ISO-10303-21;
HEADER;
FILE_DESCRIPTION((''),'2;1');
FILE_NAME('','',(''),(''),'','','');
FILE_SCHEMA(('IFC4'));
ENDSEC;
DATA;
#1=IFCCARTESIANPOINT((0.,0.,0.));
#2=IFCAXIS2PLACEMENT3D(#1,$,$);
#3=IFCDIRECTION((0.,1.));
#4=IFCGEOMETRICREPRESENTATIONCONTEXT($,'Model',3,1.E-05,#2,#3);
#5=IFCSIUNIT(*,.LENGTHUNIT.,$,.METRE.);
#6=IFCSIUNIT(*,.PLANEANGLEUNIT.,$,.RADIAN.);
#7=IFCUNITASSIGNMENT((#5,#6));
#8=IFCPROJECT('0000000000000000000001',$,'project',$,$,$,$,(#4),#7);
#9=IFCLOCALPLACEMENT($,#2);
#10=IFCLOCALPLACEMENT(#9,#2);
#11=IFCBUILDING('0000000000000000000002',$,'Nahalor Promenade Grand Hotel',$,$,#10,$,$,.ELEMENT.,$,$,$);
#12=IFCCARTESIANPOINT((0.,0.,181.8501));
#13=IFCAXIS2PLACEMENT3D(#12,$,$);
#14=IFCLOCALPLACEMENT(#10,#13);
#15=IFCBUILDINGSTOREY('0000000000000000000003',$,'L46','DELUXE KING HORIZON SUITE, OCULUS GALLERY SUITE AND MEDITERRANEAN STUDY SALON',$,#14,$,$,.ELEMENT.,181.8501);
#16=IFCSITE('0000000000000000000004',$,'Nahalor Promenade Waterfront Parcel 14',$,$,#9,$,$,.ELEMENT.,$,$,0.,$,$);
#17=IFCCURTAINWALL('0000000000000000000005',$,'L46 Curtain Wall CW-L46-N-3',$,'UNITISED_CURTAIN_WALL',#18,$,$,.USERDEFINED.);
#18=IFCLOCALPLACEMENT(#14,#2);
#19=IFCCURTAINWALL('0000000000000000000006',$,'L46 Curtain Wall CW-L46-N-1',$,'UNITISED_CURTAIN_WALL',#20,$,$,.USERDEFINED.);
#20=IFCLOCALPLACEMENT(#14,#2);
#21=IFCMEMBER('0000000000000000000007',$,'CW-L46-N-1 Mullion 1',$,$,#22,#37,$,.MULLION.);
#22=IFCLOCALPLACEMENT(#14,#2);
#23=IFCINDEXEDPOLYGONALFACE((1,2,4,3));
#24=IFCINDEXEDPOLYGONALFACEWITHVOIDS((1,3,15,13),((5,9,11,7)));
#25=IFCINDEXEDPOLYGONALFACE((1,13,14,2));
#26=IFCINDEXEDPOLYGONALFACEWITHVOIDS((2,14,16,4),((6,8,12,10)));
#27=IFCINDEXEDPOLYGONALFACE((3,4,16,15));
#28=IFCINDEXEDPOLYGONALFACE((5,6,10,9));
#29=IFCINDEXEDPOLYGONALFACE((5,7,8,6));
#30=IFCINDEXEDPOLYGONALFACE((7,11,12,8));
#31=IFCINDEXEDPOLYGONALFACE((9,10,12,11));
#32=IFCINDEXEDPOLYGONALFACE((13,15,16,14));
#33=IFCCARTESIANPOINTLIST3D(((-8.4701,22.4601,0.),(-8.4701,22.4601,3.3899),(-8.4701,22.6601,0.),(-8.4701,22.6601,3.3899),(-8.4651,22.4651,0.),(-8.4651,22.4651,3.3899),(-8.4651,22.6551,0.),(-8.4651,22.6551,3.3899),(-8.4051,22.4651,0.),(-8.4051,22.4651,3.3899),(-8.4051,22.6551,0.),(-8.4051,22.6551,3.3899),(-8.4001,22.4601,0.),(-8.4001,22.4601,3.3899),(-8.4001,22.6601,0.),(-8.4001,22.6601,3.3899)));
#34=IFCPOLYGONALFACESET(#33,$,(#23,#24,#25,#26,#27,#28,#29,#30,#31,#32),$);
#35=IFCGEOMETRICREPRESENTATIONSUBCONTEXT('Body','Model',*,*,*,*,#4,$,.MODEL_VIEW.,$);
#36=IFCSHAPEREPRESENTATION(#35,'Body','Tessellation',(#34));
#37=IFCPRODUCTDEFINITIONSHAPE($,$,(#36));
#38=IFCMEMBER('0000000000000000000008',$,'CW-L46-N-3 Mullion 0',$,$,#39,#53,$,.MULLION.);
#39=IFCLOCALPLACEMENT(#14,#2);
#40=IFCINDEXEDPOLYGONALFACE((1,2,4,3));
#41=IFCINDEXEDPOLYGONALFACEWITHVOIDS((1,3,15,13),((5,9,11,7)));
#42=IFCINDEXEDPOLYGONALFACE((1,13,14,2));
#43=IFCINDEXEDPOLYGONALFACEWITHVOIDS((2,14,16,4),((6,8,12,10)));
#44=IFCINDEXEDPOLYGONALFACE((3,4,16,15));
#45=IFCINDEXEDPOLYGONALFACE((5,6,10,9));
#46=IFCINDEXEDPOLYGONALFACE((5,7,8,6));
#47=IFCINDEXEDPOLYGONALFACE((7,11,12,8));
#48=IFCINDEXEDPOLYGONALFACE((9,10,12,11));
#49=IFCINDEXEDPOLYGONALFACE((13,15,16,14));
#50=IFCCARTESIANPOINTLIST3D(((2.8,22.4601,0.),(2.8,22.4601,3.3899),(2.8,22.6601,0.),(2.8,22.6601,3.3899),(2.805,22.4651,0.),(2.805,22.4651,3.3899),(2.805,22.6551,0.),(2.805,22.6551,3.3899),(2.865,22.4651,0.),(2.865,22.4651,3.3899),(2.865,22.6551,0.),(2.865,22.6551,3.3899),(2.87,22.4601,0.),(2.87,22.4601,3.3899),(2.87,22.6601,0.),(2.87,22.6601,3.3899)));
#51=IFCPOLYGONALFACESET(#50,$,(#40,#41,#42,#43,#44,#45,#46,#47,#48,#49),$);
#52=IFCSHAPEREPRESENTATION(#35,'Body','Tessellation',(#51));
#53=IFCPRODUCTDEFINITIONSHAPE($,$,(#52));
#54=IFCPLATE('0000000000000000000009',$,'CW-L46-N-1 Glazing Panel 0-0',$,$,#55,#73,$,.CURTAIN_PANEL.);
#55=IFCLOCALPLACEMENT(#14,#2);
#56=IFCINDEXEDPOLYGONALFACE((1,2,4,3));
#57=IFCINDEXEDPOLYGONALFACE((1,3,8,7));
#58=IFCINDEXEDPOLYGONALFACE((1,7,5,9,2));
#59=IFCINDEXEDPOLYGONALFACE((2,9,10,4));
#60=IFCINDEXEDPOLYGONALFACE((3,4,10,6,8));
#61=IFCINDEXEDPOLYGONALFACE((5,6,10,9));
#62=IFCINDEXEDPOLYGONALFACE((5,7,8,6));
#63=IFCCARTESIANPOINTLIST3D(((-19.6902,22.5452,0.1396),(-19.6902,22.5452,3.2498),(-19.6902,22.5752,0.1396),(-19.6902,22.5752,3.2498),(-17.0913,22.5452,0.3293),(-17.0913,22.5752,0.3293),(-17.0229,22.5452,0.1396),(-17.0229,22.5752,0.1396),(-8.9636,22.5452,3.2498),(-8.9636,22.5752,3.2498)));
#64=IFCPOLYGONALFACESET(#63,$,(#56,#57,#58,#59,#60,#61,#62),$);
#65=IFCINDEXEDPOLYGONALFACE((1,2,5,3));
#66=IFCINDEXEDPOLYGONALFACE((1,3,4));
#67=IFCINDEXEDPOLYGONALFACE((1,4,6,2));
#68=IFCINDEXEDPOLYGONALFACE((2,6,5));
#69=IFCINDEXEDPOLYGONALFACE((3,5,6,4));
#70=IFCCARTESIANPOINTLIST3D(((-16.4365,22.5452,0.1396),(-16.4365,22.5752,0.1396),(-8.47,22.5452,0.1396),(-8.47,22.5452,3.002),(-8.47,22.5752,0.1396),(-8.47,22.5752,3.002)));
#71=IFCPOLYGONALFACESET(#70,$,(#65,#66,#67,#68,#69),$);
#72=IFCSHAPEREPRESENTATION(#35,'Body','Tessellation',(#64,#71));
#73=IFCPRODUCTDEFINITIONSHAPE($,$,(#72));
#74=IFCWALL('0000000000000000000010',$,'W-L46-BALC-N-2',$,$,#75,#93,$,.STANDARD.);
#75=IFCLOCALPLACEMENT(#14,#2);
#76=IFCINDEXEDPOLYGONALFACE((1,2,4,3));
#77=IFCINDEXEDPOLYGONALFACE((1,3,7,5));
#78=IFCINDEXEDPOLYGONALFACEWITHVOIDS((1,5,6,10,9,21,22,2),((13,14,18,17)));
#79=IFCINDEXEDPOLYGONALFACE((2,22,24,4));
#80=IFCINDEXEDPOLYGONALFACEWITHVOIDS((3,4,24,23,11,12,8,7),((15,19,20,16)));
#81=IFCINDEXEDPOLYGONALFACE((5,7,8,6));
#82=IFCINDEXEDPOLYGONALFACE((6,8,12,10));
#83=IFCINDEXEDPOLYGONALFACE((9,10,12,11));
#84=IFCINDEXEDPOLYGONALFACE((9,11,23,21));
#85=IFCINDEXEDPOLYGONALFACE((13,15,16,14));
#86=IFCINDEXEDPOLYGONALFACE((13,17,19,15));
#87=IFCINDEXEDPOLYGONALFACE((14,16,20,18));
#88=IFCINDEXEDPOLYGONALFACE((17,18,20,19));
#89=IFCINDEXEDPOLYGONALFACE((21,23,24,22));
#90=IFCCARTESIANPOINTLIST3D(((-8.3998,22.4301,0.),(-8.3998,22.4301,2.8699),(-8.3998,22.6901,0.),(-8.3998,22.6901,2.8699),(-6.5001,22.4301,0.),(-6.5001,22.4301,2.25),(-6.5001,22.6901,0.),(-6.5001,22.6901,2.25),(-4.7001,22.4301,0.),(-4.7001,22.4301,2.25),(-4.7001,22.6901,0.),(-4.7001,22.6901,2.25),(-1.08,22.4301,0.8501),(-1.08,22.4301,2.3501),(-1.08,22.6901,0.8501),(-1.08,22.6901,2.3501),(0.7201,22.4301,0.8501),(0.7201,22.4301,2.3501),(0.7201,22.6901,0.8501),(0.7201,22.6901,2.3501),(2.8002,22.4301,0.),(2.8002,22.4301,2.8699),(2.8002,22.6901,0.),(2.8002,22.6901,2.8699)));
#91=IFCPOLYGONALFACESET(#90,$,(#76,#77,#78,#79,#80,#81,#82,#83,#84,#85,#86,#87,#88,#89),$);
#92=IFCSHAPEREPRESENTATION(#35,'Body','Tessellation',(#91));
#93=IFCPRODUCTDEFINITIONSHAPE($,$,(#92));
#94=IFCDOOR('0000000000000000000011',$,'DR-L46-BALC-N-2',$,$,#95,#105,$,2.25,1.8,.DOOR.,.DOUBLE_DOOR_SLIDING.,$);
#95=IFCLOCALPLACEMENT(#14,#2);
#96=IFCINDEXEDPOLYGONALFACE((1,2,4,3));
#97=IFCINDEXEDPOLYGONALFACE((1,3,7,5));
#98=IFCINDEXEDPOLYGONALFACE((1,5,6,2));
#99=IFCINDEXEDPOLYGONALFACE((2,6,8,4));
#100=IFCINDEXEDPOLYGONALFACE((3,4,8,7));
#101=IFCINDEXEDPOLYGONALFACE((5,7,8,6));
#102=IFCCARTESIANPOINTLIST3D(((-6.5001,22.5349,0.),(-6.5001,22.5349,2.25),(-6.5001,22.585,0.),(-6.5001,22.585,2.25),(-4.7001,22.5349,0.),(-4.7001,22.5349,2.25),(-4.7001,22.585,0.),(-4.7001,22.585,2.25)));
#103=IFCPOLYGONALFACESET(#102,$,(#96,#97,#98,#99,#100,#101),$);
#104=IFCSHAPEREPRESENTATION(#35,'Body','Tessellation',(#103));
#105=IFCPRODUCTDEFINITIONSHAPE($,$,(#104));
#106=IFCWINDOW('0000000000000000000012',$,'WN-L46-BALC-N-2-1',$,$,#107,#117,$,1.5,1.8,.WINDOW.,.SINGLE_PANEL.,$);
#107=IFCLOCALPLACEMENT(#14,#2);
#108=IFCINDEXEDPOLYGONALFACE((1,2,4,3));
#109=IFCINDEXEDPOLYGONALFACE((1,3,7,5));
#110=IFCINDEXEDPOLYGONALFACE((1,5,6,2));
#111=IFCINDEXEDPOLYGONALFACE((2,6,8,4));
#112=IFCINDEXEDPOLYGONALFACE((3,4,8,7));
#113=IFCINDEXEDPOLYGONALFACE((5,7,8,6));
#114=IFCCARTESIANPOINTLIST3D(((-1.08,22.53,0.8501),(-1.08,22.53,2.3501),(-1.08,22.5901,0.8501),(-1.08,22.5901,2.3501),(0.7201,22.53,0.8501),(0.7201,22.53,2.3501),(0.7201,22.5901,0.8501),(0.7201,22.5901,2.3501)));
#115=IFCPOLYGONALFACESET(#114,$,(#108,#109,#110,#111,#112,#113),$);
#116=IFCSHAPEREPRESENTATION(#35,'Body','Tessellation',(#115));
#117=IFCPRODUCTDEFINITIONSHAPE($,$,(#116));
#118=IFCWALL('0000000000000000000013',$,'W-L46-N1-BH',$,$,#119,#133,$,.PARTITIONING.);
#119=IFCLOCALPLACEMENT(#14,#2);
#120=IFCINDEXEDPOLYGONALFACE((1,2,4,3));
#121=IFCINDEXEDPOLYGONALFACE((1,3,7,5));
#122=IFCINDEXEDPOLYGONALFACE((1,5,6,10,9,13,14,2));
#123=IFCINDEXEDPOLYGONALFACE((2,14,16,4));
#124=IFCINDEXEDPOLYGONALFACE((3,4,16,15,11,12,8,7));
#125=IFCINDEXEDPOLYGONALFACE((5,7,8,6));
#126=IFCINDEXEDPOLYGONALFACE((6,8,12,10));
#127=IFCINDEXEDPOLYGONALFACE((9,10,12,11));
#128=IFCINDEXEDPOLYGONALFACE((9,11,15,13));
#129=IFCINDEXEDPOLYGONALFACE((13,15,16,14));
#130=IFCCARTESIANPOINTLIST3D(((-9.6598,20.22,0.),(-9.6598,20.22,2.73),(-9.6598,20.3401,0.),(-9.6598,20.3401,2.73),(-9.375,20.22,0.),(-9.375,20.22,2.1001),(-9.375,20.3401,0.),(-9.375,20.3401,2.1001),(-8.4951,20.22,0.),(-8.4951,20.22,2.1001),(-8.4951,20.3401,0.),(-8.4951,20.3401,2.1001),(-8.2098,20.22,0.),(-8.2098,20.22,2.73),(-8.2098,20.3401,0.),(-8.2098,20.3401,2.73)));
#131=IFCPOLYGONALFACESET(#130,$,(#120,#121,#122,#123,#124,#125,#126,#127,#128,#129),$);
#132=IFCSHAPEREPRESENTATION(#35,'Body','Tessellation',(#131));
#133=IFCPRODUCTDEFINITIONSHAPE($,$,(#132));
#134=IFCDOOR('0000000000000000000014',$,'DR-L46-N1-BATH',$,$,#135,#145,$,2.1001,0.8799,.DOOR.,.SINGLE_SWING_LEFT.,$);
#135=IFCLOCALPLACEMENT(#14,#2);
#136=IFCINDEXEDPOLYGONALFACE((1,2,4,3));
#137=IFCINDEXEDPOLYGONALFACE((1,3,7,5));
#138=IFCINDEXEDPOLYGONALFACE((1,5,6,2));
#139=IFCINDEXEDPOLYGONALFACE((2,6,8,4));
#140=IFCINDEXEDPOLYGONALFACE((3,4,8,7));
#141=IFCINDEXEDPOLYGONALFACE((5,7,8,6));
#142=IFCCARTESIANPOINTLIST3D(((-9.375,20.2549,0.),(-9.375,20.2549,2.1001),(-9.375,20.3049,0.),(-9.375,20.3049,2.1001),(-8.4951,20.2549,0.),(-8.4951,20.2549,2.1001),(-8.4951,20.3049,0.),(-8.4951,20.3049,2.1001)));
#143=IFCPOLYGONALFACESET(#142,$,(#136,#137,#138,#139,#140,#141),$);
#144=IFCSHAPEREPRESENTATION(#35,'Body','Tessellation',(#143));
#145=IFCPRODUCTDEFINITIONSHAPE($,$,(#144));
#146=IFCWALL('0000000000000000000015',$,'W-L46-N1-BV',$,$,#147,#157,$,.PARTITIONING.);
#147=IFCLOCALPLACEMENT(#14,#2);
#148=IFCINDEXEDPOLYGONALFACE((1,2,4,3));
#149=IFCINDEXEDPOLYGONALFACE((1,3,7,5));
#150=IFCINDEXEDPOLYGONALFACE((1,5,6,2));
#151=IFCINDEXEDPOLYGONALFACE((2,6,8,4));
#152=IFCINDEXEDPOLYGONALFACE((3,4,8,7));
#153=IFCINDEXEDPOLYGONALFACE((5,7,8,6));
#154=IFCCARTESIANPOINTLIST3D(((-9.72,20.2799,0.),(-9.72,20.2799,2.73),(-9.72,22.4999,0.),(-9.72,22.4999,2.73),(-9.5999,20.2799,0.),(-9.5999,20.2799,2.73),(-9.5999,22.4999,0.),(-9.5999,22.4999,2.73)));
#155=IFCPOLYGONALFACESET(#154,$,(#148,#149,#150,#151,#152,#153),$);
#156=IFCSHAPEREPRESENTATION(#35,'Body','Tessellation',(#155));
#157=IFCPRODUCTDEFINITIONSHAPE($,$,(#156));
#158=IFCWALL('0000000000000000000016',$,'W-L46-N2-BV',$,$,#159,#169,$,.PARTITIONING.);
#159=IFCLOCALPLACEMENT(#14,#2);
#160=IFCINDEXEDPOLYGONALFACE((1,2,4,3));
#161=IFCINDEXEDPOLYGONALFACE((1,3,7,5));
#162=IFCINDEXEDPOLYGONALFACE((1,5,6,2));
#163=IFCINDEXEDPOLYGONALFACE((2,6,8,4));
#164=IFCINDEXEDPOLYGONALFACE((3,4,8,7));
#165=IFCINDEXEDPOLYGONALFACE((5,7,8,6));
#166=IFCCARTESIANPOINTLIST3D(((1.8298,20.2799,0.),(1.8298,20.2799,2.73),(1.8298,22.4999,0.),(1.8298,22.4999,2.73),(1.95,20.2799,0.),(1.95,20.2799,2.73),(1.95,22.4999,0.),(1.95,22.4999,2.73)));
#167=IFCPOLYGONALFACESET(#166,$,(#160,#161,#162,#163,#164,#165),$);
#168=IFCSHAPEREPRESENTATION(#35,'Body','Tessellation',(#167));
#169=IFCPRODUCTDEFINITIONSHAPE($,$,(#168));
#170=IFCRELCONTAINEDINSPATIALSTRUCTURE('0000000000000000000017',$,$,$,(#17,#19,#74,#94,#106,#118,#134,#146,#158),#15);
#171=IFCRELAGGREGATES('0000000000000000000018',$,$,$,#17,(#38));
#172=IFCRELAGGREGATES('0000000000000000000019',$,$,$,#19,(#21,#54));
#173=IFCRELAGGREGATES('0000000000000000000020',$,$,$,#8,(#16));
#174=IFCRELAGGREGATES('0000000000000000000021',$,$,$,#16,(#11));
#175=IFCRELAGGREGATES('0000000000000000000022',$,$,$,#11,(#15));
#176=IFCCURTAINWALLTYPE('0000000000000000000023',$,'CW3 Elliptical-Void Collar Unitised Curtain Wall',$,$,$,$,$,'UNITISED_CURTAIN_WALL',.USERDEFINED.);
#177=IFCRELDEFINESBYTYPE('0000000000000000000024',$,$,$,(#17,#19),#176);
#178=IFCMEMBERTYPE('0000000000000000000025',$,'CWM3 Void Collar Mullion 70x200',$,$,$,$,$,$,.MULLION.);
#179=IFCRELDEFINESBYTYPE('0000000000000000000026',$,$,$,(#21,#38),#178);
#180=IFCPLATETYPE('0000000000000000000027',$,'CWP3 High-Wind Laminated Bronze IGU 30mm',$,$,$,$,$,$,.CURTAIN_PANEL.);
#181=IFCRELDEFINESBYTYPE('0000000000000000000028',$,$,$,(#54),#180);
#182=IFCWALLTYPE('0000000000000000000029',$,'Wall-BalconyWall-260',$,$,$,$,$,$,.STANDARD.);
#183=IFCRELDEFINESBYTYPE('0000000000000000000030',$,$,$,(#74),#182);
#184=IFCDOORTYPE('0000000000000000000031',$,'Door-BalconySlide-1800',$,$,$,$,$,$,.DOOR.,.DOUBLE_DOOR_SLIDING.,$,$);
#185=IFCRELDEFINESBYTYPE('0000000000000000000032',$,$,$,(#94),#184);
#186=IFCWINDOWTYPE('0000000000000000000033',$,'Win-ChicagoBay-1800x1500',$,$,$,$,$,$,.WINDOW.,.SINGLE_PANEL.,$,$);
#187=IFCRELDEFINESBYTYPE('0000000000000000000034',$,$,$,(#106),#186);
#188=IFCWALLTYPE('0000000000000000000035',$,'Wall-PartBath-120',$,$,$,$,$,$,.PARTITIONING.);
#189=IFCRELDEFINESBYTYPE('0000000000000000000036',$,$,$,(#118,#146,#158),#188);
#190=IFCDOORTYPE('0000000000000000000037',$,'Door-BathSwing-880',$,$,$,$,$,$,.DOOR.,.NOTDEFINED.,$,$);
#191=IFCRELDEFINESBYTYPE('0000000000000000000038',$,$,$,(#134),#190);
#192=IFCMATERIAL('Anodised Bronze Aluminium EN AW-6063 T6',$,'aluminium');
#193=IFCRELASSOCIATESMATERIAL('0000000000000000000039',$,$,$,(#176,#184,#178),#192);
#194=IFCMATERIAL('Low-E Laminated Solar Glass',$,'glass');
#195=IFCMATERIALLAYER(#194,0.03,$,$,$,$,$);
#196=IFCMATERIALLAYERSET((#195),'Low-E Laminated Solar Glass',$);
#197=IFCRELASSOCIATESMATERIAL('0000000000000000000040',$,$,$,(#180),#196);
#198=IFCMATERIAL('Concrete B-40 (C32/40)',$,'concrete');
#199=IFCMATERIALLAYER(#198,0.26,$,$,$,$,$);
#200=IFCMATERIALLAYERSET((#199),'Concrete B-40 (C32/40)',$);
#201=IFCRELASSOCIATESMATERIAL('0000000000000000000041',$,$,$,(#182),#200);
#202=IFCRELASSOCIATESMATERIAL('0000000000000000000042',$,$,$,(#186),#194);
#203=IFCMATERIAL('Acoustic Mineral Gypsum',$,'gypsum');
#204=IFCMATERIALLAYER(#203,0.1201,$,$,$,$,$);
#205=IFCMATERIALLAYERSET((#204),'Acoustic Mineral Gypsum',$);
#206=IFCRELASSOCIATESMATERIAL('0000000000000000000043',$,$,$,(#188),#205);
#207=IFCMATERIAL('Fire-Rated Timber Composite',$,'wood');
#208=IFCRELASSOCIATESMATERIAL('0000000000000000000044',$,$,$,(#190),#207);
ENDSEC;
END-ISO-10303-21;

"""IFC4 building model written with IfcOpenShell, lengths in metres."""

from ifc_helpers import new_model, si_unit, direction, frame, frame_2d, origin, origin_2d, place, context, subcontext, project, spatial, polyline, rectangle, hollow_rectangle, outline, extrude, source, transform, mapped, material, layer, layer_set, material_profile, profile_set, type_object, element, fill, aggregate, save


model = new_model("IFC4")

# Units and contexts
model_context = context("Model", 3, precision=1e-05, world=origin(), true_north=direction((0.0, 1.0)))
body_context = subcontext(model_context, "Body", "Model", "MODEL_VIEW")
ifc_project = project(units=[si_unit("LENGTHUNIT", "METRE"), si_unit("PLANEANGLEUNIT", "RADIAN")], contexts=[model_context])

# Site, building, storey
site_placement = place(None, origin())
site = spatial("IfcSite", under=ifc_project, at=site_placement, Name="Nahalor Promenade Waterfront Parcel 14", CompositionType="ELEMENT", RefElevation=0.0)
building_placement = place(site_placement, origin())
building = spatial("IfcBuilding", under=site, at=building_placement, Name="Nahalor Promenade Grand Hotel", CompositionType="ELEMENT")
storey_placement = place(building_placement, frame((0.0, 0.0, 181.8501)))
storey = spatial("IfcBuildingStorey", under=building, at=storey_placement, Name="L46", Description="DELUXE KING HORIZON SUITE, OCULUS GALLERY SUITE AND MEDITERRANEAN STUDY SALON", CompositionType="ELEMENT", Elevation=181.8501)

# Curtain walls, member
ifc_material_1 = material(Name="Anodised Bronze Aluminium EN AW-6063 T6", Category="aluminium")
curtain_wall_type = type_object("IfcCurtainWallType", Name="CW3 Elliptical-Void Collar Unitised Curtain Wall", ElementType="UNITISED_CURTAIN_WALL", PredefinedType="USERDEFINED", material=ifc_material_1)
curtain_wall_1_placement = place(storey_placement, origin())
curtain_wall_1 = element("IfcCurtainWall", 1, at=curtain_wall_1_placement, inside=storey, type_object=curtain_wall_type, Name="L46 Curtain Wall CW-L46-N-3", ObjectType="UNITISED_CURTAIN_WALL", PredefinedType="USERDEFINED")
curtain_wall_2_placement = place(storey_placement, origin())
curtain_wall_2 = element("IfcCurtainWall", 2, at=curtain_wall_2_placement, inside=storey, type_object=curtain_wall_type, Name="L46 Curtain Wall CW-L46-N-1", ObjectType="UNITISED_CURTAIN_WALL", PredefinedType="USERDEFINED")
ifc_material_profile_1 = material_profile(ifc_material_1, hollow_rectangle(XDim=0.07, YDim=0.2, WallThickness=0.005, at=origin_2d()), Name="CWM 70x200x5")
ifc_profile_set_1 = profile_set([ifc_material_profile_1], Name="Anodised Bronze Aluminium EN AW-6063 T6")
member_type_1 = type_object("IfcMemberType", Name="CWM3 Void Collar Mullion 70x200", PredefinedType="MULLION", material=ifc_profile_set_1)
shared_shape_1 = source(origin(), body_context, "Body", "SweptSolid", [
    extrude(hollow_rectangle(XDim=0.07, YDim=0.2, WallThickness=0.005, at=origin_2d()), origin(), (0.0, 0.0, 1.0), 3.3899),
])
member_1_placement = place(storey_placement, frame((-8.4351, 22.5601, 0.0), z_axis=(0.0, 0.0, 1.0), x_axis=(1.0, 0.0, 0.0)))
member_1 = element("IfcMember", 3, at=member_1_placement, type_object=member_type_1, Name="CW-L46-N-1 Mullion 1", PredefinedType="MULLION", context=body_context, shape_type="MappedRepresentation", body=[
    mapped(shared_shape_1, transform((0.0, 0.0, 0.0), scale=1.0)),
])

# Member
member_2_placement = place(storey_placement, frame((2.835, 22.5601, 0.0), z_axis=(0.0, 0.0, 1.0), x_axis=(1.0, 0.0, 0.0)))
member_2 = element("IfcMember", 4, at=member_2_placement, type_object=member_type_1, Name="CW-L46-N-3 Mullion 0", PredefinedType="MULLION", context=body_context, shape_type="MappedRepresentation", body=[
    mapped(shared_shape_1, transform((0.0, 0.0, 0.0), scale=1.0)),
])
aggregate(curtain_wall_1, [member_2])

# Plate
ifc_material_2 = material(Name="Low-E Laminated Solar Glass", Category="glass")
ifc_layer_1 = layer(ifc_material_2, 0.03)
ifc_layer_set_1 = layer_set([ifc_layer_1], Name="Low-E Laminated Solar Glass")
plate_type = type_object("IfcPlateType", Name="CWP3 High-Wind Laminated Bronze IGU 30mm", PredefinedType="CURTAIN_PANEL", material=ifc_layer_set_1)
plate_placement = place(storey_placement, frame((-14.0801, 22.5601, 0.1396), z_axis=(0.0, 0.0, 1.0), x_axis=(1.0, 0.0, 0.0)))
plate = element("IfcPlate", 5, at=plate_placement, type_object=plate_type, Name="CW-L46-N-1 Glazing Panel 0-0", PredefinedType="CURTAIN_PANEL", context=body_context, shape_type="SweptSolid", body=[
    extrude(outline(polyline([(-5.6101, 3.1101), (-5.6101, 0.0), (-2.9429, 0.0), (-3.0112, 0.1897), (5.1165, 3.1101), (-5.6101, 3.1101)])), frame((0.0, 0.0151, 0.0), z_axis=(0.0, -1.0, 0.0), x_axis=(1.0, 0.0, 0.0)), (0.0, 0.0, 1.0), 0.03),
    extrude(outline(polyline([(-2.3564, 0.0), (5.6101, 0.0), (5.6101, 2.8623), (-2.3564, 0.0)])), frame((0.0, 0.0151, 0.0), z_axis=(0.0, -1.0, 0.0), x_axis=(1.0, 0.0, 0.0)), (0.0, 0.0, 1.0), 0.03),
])
aggregate(curtain_wall_2, [member_1, plate])

# Wall, openings, door, window
ifc_material_3 = material(Name="Concrete B-40 (C32/40)", Category="concrete")
ifc_layer_2 = layer(ifc_material_3, 0.26)
ifc_layer_set_2 = layer_set([ifc_layer_2], Name="Concrete B-40 (C32/40)")
wall_type_1 = type_object("IfcWallType", Name="Wall-BalconyWall-260", PredefinedType="STANDARD", material=ifc_layer_set_2)
shared_shape_2 = source(origin(), body_context, "Body", "SweptSolid", [
    extrude(rectangle(XDim=11.2, YDim=0.26, at=frame_2d((5.6001, 0.0))), origin(), (0.0, 0.0, 1.0), 2.8699),
])
wall_1_placement = place(storey_placement, frame((-8.3999, 22.5601, 0.0), z_axis=(0.0, 0.0, 1.0), x_axis=(1.0, 0.0, 0.0)))
wall_1 = element("IfcWall", 6, at=wall_1_placement, inside=storey, type_object=wall_type_1, Name="W-L46-BALC-N-2", PredefinedType="STANDARD", context=body_context, shape_type="MappedRepresentation", body=[
    mapped(shared_shape_2, transform((0.0, 0.0, 0.0), scale=1.0)),
])
opening_1_placement = place(wall_1_placement, frame((1.8999, 0.0, 0.0)))
opening_1 = element("IfcOpeningElement", 7, at=opening_1_placement, cuts=wall_1, PredefinedType="OPENING", context=body_context, shape_type="SweptSolid", body=[
    extrude(rectangle(XDim=1.8, YDim=2.25, at=frame_2d((0.8999, 1.125))), frame((0.0, 0.1399, 0.0), z_axis=(0.0, -1.0, 0.0), x_axis=(1.0, 0.0, 0.0)), (0.0, 0.0, 1.0), 0.28),
])
opening_2_placement = place(wall_1_placement, frame((7.3201, 0.0, 0.8501)))
opening_2 = element("IfcOpeningElement", 8, at=opening_2_placement, cuts=wall_1, PredefinedType="OPENING", context=body_context, shape_type="SweptSolid", body=[
    extrude(rectangle(XDim=1.8, YDim=1.5, at=frame_2d((0.8999, 0.75))), frame((0.0, 0.1399, 0.0), z_axis=(0.0, -1.0, 0.0), x_axis=(1.0, 0.0, 0.0)), (0.0, 0.0, 1.0), 0.28),
])
door_type_1 = type_object("IfcDoorType", Name="Door-BalconySlide-1800", OperationType="DOUBLE_DOOR_SLIDING", PredefinedType="DOOR", material=ifc_material_1)
shared_shape_3 = source(origin(), body_context, "Body", "SweptSolid", [
    extrude(rectangle(XDim=1.8, YDim=2.25, at=frame_2d((0.8999, 1.125))), frame((0.0, 0.0249, 0.0), z_axis=(0.0, -1.0, 0.0), x_axis=(1.0, 0.0, 0.0)), (0.0, 0.0, 1.0), 0.05),
])
door_1_placement = place(opening_1_placement, origin())
door_1 = element("IfcDoor", 9, at=door_1_placement, inside=storey, type_object=door_type_1, Name="DR-L46-BALC-N-2", OperationType="DOUBLE_DOOR_SLIDING", OverallHeight=2.25, OverallWidth=1.8, PredefinedType="DOOR", context=body_context, shape_type="MappedRepresentation", body=[
    mapped(shared_shape_3, transform((0.0, 0.0, 0.0), scale=1.0)),
])
fill(opening_1, door_1)
window_type = type_object("IfcWindowType", Name="Win-ChicagoBay-1800x1500", PartitioningType="SINGLE_PANEL", PredefinedType="WINDOW", material=ifc_material_2)
shared_shape_4 = source(origin(), body_context, "Body", "SweptSolid", [
    extrude(rectangle(XDim=1.8, YDim=1.5, at=frame_2d((0.8999, 0.75))), frame((0.0, 0.03, 0.0), z_axis=(0.0, -1.0, 0.0), x_axis=(1.0, 0.0, 0.0)), (0.0, 0.0, 1.0), 0.0601),
])
window_placement = place(opening_2_placement, origin())
window = element("IfcWindow", 10, at=window_placement, inside=storey, type_object=window_type, Name="WN-L46-BALC-N-2-1", OverallHeight=1.5, OverallWidth=1.8, PartitioningType="SINGLE_PANEL", PredefinedType="WINDOW", context=body_context, shape_type="MappedRepresentation", body=[
    mapped(shared_shape_4, transform((0.0, 0.0, 0.0), scale=1.0)),
])
fill(opening_2, window)

# Wall, opening, door
ifc_material_4 = material(Name="Acoustic Mineral Gypsum", Category="gypsum")
ifc_layer_3 = layer(ifc_material_4, 0.1201)
ifc_layer_set_3 = layer_set([ifc_layer_3], Name="Acoustic Mineral Gypsum")
wall_type_2 = type_object("IfcWallType", Name="Wall-PartBath-120", PredefinedType="PARTITIONING", material=ifc_layer_set_3)
shared_shape_5 = source(origin(), body_context, "Body", "SweptSolid", [
    extrude(rectangle(XDim=1.45, YDim=0.1201, at=frame_2d((0.7251, 0.0))), origin(), (0.0, 0.0, 1.0), 2.73),
])
wall_2_placement = place(storey_placement, frame((-9.6599, 20.28, 0.0), z_axis=(0.0, 0.0, 1.0), x_axis=(1.0, 0.0, 0.0)))
wall_2 = element("IfcWall", 11, at=wall_2_placement, inside=storey, type_object=wall_type_2, Name="W-L46-N1-BH", PredefinedType="PARTITIONING", context=body_context, shape_type="MappedRepresentation", body=[
    mapped(shared_shape_5, transform((0.0, 0.0, 0.0), scale=1.0)),
])
opening_3_placement = place(wall_2_placement, frame((0.2849, 0.0, 0.0)))
opening_3 = element("IfcOpeningElement", 12, at=opening_3_placement, cuts=wall_2, PredefinedType="OPENING", context=body_context, shape_type="SweptSolid", body=[
    extrude(rectangle(XDim=0.8799, YDim=2.1001, at=frame_2d((0.4399, 1.05))), frame((0.0, 0.0701, 0.0), z_axis=(0.0, -1.0, 0.0), x_axis=(1.0, 0.0, 0.0)), (0.0, 0.0, 1.0), 0.1401),
])
ifc_material_5 = material(Name="Fire-Rated Timber Composite", Category="wood")
door_type_2 = type_object("IfcDoorType", Name="Door-BathSwing-880", OperationType="NOTDEFINED", PredefinedType="DOOR", material=ifc_material_5)
shared_shape_6 = source(origin(), body_context, "Body", "SweptSolid", [
    extrude(rectangle(XDim=0.8799, YDim=2.1001, at=frame_2d((0.4399, 1.05))), frame((0.0, 0.0249, 0.0), z_axis=(0.0, -1.0, 0.0), x_axis=(1.0, 0.0, 0.0)), (0.0, 0.0, 1.0), 0.05),
])
door_2_placement = place(opening_3_placement, origin())
door_2 = element("IfcDoor", 13, at=door_2_placement, inside=storey, type_object=door_type_2, Name="DR-L46-N1-BATH", OperationType="SINGLE_SWING_LEFT", OverallHeight=2.1001, OverallWidth=0.8799, PredefinedType="DOOR", context=body_context, shape_type="MappedRepresentation", body=[
    mapped(shared_shape_6, transform((0.0, 0.0, 0.0), scale=1.0)),
])
fill(opening_3, door_2)

# Walls
shared_shape_7 = source(origin(), body_context, "Body", "SweptSolid", [
    extrude(rectangle(XDim=2.22, YDim=0.1201, at=frame_2d((1.1099, 0.0))), origin(), (0.0, 0.0, 1.0), 2.73),
])
for number, where, z_axis, x_axis, name in (
    (14, (-9.6599, 20.28, 0.0), (0.0, 0.0, 1.0), (0.0, 1.0, 0.0), "W-L46-N1-BV"),
    (15, (1.8899, 20.28, 0.0), (0.0, 0.0, 1.0), (0.0, 1.0, 0.0), "W-L46-N2-BV"),
):
    element("IfcWall", number, at=place(storey_placement, frame(where, z_axis=z_axis, x_axis=x_axis)), inside=storey, type_object=wall_type_2, Name=name, PredefinedType="PARTITIONING", context=body_context, shape_type="MappedRepresentation", body=[
        mapped(shared_shape_7, transform((0.0, 0.0, 0.0), scale=1.0)),
    ])

save(model, "model.ifc")
